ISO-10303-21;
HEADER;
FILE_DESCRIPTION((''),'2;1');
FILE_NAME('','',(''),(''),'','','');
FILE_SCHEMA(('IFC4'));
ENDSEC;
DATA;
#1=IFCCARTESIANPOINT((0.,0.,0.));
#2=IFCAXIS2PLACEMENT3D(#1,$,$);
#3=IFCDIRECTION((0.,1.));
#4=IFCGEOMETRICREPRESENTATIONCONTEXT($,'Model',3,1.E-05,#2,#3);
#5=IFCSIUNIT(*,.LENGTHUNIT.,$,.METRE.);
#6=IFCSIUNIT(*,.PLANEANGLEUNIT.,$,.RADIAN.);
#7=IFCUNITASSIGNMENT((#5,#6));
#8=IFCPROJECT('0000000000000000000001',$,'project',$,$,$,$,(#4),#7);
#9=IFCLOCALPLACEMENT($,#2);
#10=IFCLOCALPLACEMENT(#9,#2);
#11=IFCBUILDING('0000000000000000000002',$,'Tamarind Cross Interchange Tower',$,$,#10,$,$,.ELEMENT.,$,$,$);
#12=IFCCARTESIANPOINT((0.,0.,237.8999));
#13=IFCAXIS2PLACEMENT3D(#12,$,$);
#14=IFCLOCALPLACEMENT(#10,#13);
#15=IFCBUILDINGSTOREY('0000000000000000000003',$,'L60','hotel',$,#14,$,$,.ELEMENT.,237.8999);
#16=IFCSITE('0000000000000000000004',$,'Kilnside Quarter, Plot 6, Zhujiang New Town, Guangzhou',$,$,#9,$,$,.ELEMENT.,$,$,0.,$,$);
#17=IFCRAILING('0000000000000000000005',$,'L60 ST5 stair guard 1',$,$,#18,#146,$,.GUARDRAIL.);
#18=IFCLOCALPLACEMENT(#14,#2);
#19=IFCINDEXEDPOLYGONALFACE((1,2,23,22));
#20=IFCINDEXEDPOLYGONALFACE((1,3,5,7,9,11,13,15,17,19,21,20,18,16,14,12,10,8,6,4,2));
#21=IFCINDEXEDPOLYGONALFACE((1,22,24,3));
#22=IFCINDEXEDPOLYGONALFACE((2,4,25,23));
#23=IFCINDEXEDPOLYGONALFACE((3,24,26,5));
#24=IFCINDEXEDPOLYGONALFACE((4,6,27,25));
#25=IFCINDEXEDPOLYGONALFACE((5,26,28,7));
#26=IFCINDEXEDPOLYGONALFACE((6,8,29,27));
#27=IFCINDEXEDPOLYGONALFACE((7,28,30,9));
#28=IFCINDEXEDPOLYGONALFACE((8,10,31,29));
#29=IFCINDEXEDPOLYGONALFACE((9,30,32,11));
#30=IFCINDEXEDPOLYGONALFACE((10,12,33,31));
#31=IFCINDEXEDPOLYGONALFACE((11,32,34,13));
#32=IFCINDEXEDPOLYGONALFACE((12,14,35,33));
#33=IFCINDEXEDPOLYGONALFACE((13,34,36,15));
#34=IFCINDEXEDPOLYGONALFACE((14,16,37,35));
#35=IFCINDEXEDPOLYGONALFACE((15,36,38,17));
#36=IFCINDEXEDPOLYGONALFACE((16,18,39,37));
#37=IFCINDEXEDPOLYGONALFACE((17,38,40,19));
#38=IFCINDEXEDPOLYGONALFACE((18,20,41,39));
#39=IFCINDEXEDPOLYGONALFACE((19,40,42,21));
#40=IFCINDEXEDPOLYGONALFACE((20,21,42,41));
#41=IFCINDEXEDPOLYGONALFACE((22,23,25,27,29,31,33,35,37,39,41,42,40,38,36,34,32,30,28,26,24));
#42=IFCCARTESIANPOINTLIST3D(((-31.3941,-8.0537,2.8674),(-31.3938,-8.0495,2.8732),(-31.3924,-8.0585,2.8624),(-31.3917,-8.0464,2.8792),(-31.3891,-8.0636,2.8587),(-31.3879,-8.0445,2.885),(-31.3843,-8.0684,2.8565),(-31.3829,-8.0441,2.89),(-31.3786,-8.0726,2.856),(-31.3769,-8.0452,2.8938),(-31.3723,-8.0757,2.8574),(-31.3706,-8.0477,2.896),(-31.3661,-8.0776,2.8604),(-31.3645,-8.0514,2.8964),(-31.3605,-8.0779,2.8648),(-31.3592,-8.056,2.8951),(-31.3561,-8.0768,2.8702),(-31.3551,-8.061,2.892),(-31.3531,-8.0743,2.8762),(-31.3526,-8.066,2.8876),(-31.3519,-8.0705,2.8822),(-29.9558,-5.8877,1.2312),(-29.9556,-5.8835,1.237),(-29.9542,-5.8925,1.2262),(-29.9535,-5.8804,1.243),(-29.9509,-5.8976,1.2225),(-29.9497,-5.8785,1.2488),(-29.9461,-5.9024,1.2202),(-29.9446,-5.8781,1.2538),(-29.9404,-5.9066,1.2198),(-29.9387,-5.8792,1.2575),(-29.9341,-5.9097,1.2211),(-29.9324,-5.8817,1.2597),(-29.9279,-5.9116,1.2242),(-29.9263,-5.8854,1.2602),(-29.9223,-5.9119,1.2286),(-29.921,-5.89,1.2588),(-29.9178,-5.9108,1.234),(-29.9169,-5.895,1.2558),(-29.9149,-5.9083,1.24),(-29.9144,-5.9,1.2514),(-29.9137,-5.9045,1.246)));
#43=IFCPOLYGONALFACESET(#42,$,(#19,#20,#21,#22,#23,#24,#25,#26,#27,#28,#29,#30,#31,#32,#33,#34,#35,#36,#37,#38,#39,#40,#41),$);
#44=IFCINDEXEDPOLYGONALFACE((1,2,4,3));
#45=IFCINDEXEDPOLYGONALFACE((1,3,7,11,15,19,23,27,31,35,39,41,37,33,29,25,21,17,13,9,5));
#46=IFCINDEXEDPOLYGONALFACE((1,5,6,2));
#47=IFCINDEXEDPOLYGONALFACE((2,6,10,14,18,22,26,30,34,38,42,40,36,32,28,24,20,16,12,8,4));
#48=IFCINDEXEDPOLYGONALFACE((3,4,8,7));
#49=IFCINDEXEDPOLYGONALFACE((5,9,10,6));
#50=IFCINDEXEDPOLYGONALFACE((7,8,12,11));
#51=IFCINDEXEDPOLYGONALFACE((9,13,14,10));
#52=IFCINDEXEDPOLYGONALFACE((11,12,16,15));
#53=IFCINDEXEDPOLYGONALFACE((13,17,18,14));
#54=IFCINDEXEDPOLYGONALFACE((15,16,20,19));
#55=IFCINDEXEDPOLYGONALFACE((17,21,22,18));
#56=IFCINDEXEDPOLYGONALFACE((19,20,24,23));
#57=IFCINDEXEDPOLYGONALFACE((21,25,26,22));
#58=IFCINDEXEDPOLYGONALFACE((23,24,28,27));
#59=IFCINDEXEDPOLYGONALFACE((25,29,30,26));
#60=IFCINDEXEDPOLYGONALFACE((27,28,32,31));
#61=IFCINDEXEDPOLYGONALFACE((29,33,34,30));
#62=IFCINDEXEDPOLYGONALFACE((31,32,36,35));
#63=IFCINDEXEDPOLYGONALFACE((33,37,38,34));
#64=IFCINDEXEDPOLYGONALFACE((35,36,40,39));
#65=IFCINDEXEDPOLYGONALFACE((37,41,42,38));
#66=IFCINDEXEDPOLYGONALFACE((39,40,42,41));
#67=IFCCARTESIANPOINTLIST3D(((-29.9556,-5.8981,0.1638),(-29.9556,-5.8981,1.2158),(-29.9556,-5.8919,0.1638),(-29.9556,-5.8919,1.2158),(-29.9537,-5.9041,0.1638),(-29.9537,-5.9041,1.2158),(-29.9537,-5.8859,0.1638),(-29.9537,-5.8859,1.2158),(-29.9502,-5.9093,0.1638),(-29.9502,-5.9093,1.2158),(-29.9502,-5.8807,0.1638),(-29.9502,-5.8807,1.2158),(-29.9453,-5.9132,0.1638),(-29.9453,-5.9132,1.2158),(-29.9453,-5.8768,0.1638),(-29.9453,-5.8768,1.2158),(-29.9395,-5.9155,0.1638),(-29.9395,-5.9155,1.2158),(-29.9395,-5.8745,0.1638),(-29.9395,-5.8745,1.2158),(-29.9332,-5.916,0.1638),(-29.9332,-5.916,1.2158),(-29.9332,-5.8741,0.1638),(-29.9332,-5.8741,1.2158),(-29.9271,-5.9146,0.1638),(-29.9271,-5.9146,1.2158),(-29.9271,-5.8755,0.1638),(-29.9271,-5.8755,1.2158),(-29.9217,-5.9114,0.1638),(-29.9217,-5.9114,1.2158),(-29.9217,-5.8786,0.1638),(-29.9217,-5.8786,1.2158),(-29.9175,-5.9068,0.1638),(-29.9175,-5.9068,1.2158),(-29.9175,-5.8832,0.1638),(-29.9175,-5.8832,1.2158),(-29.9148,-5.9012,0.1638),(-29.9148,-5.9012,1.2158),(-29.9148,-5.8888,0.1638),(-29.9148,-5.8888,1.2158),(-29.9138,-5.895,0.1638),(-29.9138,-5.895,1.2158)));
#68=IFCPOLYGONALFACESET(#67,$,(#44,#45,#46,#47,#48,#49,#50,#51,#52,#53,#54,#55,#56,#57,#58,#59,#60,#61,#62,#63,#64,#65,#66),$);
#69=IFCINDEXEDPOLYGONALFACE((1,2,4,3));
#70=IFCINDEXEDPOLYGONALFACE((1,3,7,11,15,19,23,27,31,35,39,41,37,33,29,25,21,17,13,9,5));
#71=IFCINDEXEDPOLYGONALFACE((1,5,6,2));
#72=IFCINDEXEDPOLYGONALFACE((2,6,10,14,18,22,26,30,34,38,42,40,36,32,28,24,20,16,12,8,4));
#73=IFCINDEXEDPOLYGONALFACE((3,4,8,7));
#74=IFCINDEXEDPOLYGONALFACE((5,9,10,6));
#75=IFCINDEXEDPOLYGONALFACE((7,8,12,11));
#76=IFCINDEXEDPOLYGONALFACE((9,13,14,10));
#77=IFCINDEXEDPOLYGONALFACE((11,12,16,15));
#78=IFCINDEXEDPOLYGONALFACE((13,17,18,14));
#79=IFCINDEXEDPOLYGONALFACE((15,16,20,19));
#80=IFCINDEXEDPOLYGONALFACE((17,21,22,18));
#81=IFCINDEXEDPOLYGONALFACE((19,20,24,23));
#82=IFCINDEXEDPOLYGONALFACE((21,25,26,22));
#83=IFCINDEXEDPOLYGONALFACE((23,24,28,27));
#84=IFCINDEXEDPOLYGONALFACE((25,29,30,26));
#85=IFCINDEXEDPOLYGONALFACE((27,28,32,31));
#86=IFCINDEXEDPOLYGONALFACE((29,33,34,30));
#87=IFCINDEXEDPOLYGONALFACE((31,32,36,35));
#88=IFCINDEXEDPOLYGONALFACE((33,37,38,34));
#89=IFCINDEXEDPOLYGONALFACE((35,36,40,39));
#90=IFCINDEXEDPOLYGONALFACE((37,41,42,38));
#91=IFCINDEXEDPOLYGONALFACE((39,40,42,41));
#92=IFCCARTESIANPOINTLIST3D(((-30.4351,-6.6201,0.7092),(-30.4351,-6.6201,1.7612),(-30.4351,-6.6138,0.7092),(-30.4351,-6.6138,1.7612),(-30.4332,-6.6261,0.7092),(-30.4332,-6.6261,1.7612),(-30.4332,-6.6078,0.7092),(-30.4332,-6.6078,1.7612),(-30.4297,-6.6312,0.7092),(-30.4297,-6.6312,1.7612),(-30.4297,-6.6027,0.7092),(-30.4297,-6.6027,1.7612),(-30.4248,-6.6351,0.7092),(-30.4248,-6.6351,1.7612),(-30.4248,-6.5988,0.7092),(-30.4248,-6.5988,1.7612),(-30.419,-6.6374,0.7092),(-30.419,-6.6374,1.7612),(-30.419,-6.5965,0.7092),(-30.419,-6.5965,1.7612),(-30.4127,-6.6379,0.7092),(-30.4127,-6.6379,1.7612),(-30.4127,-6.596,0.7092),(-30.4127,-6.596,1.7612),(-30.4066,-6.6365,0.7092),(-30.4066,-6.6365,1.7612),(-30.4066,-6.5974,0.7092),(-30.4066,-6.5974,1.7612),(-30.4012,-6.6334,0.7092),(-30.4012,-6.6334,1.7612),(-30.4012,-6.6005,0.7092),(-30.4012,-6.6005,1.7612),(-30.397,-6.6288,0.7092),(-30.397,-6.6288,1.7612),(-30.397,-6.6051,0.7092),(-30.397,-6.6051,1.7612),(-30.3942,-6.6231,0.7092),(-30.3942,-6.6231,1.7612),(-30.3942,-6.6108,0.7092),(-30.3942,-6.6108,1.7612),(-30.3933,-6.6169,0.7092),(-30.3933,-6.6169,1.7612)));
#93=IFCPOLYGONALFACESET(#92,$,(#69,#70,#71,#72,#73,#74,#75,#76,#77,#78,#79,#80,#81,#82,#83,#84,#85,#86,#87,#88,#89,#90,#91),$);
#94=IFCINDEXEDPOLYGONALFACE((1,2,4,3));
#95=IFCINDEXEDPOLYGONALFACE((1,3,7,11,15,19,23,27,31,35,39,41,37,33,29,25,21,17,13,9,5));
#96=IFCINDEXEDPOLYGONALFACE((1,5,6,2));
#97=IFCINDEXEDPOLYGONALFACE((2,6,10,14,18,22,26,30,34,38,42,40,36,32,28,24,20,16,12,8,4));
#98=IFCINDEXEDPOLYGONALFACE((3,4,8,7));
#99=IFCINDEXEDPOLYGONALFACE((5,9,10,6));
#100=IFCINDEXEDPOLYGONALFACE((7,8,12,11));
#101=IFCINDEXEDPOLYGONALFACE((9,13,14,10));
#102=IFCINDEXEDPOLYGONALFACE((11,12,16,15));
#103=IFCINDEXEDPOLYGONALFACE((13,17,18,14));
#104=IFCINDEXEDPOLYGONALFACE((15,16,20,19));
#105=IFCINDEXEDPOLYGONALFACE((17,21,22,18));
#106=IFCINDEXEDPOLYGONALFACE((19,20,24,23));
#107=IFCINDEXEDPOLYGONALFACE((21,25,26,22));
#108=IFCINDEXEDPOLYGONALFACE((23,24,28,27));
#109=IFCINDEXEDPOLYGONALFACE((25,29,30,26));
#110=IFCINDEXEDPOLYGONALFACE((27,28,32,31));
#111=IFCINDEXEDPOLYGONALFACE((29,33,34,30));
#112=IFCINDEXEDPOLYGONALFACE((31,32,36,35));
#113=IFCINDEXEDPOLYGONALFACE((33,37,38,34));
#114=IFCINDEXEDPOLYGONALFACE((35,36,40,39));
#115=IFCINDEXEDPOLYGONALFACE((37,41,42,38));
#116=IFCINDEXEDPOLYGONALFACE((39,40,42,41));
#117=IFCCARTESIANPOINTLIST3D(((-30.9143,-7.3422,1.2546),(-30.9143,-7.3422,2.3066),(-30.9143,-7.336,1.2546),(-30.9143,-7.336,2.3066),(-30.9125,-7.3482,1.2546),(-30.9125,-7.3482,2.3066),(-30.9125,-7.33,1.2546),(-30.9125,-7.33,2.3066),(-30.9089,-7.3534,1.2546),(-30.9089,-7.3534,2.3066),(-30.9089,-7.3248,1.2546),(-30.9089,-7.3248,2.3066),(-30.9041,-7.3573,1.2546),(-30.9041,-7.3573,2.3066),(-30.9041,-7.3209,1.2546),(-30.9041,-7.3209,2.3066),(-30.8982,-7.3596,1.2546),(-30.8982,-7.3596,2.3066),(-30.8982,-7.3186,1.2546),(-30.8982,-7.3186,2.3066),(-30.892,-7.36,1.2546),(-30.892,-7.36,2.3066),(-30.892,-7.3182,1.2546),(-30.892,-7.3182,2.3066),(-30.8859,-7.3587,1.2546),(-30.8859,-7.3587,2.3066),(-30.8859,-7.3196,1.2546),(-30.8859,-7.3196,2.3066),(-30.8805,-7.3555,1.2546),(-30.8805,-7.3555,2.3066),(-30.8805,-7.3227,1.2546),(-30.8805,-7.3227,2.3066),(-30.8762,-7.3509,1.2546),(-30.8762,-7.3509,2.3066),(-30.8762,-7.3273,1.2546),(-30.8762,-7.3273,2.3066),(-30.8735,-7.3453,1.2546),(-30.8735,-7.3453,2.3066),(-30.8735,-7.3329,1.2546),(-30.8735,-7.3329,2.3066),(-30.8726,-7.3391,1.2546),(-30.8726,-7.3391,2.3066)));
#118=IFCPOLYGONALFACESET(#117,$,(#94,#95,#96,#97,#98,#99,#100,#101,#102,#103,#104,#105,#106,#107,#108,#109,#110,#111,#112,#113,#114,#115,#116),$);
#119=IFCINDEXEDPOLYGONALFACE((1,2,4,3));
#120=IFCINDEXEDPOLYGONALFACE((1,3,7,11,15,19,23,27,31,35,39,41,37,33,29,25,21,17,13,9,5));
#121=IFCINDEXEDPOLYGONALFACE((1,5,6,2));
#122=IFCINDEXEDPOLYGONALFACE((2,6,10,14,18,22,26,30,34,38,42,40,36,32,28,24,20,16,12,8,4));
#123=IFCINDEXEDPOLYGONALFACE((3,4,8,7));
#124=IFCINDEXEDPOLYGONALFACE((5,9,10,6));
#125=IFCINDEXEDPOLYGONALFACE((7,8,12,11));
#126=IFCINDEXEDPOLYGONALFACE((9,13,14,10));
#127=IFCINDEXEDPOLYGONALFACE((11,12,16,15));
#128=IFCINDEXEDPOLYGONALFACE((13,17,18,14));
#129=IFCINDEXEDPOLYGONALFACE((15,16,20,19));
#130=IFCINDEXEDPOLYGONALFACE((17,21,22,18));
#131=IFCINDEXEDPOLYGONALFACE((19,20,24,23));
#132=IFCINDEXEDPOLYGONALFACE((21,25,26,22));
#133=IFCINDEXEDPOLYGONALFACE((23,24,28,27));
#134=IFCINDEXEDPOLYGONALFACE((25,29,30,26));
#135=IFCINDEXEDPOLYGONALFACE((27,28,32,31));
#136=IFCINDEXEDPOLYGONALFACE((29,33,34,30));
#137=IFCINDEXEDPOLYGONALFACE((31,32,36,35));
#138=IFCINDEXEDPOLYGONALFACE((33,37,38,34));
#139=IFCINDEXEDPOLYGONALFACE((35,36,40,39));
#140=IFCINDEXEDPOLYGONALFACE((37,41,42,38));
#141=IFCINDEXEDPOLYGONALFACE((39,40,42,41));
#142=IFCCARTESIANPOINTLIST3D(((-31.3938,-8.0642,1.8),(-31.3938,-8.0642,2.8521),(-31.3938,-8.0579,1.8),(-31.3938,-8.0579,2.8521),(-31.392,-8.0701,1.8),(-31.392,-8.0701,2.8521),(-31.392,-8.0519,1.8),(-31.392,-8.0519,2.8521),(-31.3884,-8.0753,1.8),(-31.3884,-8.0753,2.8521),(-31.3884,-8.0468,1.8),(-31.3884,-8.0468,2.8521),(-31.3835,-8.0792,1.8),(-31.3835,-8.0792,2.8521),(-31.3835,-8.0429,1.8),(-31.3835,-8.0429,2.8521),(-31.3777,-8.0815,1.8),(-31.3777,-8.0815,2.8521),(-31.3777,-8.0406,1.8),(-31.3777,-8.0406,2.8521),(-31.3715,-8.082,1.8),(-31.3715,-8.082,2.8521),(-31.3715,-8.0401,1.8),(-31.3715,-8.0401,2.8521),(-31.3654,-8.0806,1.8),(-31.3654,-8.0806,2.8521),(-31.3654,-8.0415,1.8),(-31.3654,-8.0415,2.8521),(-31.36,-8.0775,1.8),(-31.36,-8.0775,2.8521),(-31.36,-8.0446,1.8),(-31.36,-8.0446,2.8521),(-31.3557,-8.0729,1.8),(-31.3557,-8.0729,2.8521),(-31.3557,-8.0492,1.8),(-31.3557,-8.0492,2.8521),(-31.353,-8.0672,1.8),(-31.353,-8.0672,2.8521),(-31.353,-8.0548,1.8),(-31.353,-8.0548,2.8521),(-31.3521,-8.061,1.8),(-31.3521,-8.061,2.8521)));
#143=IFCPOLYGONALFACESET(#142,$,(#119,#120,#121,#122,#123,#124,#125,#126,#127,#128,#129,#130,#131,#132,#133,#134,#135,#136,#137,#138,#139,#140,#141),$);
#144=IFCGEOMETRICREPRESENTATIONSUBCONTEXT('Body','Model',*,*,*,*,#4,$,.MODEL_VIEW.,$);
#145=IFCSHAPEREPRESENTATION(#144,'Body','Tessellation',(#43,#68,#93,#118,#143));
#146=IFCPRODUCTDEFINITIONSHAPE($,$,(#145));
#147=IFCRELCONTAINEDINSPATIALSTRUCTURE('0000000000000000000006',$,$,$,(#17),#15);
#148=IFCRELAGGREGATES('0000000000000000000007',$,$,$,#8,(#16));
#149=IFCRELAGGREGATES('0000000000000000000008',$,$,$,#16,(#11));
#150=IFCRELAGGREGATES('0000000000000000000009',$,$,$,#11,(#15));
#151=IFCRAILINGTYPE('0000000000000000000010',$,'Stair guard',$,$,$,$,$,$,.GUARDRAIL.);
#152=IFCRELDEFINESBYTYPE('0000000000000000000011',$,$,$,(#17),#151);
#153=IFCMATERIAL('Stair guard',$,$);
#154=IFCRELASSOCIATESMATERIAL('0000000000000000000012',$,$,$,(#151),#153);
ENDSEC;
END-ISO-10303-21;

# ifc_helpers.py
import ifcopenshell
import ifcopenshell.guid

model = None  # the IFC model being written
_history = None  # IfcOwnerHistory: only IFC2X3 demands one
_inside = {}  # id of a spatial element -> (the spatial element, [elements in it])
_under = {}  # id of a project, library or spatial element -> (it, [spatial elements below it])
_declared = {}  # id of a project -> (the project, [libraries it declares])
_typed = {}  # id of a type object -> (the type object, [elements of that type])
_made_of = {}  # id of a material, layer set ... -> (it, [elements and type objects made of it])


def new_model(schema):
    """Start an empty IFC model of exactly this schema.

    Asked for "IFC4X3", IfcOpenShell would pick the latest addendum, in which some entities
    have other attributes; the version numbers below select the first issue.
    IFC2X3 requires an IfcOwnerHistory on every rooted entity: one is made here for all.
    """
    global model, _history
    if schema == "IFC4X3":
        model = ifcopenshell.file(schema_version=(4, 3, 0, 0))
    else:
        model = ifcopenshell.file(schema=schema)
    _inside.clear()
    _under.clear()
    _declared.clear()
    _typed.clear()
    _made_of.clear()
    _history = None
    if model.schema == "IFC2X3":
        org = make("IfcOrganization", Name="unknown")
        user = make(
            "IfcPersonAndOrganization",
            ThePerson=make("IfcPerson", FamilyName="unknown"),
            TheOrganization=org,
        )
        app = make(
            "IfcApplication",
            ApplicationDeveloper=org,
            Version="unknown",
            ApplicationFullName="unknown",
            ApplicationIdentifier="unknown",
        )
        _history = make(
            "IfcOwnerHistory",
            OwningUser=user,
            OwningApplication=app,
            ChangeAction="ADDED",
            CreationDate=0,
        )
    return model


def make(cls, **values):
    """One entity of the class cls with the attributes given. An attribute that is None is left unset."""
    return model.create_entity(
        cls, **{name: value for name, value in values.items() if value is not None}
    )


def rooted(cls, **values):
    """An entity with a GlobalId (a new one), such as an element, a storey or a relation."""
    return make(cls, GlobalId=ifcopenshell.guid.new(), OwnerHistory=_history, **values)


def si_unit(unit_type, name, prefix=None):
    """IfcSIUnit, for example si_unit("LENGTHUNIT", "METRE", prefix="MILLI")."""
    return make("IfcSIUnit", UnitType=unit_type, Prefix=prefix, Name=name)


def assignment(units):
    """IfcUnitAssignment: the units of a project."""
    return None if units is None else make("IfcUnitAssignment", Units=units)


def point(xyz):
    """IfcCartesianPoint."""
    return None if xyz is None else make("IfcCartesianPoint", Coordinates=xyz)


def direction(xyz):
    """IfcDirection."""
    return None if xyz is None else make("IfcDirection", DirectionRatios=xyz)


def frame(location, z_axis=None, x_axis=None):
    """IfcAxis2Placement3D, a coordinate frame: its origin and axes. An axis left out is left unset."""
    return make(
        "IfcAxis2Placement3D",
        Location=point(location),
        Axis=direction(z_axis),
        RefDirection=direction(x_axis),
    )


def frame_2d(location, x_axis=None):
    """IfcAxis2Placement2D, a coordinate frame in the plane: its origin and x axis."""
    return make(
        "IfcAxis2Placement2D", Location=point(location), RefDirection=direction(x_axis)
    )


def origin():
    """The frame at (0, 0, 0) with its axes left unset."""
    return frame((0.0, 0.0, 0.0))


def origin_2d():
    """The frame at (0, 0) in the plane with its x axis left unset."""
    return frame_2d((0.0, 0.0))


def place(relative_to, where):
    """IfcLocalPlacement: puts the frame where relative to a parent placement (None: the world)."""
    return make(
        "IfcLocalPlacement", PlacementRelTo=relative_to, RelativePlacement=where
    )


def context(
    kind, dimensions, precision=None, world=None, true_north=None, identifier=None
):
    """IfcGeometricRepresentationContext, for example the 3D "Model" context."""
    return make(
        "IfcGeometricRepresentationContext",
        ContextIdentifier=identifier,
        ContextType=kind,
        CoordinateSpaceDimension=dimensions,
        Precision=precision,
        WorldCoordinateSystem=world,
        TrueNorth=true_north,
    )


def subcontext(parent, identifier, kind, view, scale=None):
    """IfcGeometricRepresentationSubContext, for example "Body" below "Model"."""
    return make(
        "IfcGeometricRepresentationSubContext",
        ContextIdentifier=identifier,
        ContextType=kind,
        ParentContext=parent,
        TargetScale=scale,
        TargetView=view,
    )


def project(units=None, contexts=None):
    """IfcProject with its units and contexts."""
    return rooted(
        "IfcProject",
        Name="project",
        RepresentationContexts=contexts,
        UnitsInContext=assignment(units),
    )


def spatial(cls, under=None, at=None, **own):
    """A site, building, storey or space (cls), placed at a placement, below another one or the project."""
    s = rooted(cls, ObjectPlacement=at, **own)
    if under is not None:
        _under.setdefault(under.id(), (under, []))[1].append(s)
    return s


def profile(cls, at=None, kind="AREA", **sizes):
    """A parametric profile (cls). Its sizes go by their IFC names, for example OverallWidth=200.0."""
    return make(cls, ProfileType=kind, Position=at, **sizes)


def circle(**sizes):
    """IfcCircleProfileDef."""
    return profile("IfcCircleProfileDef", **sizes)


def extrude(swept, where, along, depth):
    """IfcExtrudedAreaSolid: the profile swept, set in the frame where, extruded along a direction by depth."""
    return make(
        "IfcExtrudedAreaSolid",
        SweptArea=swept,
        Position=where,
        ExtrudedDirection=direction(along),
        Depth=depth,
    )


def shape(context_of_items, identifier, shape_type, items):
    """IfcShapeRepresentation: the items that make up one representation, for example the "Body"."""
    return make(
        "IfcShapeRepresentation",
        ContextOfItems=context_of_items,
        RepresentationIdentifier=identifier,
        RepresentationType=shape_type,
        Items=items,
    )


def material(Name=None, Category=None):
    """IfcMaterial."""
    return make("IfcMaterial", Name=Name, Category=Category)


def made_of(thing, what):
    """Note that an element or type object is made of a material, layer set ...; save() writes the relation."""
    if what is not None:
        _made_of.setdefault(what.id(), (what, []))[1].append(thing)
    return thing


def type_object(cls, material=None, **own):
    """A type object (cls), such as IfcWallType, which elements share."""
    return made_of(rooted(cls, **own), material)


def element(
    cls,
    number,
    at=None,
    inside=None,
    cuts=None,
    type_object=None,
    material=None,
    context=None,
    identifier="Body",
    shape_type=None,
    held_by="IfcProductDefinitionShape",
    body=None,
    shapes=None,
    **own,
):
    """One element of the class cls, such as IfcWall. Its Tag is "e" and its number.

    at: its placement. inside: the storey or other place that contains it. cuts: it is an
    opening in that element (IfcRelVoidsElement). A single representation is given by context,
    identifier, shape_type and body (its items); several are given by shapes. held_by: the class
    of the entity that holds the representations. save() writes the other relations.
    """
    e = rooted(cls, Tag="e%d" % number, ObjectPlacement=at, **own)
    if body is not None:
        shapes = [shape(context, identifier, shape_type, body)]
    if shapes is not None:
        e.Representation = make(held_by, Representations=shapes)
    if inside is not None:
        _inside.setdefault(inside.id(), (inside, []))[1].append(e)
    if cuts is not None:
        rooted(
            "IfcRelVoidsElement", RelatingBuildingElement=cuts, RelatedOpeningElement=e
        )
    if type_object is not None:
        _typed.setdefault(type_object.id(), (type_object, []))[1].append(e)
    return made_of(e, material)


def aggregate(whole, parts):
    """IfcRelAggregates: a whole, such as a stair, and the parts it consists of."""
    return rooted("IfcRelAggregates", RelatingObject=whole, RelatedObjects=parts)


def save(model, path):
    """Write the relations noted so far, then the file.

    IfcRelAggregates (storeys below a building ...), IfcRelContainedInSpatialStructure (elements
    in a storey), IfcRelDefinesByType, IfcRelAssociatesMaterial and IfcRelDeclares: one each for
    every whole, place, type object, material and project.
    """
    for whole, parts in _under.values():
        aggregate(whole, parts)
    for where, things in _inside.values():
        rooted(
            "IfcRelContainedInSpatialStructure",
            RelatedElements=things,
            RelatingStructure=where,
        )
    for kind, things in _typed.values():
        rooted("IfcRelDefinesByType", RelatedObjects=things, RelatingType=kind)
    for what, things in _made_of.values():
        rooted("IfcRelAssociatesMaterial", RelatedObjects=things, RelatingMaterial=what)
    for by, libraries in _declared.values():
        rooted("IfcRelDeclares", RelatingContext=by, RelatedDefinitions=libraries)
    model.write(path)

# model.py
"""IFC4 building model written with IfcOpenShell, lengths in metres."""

from ifc_helpers import new_model, si_unit, direction, frame, origin, origin_2d, place, context, subcontext, project, spatial, circle, extrude, material, type_object, element, save


model = new_model("IFC4")

# Units and contexts
model_context = context("Model", 3, precision=1e-05, world=origin(), true_north=direction((0.0, 1.0)))
body_context = subcontext(model_context, "Body", "Model", "MODEL_VIEW")
ifc_project = project(units=[si_unit("LENGTHUNIT", "METRE"), si_unit("PLANEANGLEUNIT", "RADIAN")], contexts=[model_context])

# Site, building, storey
site_placement = place(None, origin())
site = spatial("IfcSite", under=ifc_project, at=site_placement, Name="Kilnside Quarter, Plot 6, Zhujiang New Town, Guangzhou", CompositionType="ELEMENT", RefElevation=0.0)
building_placement = place(site_placement, origin())
building = spatial("IfcBuilding", under=site, at=building_placement, Name="Tamarind Cross Interchange Tower", CompositionType="ELEMENT")
storey_placement = place(building_placement, frame((0.0, 0.0, 237.8999)))
storey = spatial("IfcBuildingStorey", under=building, at=storey_placement, Name="L60", Description="hotel", CompositionType="ELEMENT", Elevation=237.8999)

# Railing
ifc_material_1 = material(Name="Stair guard")
railing_type_1 = type_object("IfcRailingType", Name="Stair guard", PredefinedType="GUARDRAIL", material=ifc_material_1)
railing_1_placement = place(storey_placement, frame((-29.9348, -5.895, 0.1638)))
element("IfcRailing", 1, at=railing_1_placement, inside=storey, type_object=railing_type_1, Name="L60 ST5 stair guard 1", PredefinedType="GUARDRAIL", context=body_context, shape_type="SweptSolid", body=[
    extrude(circle(Radius=0.0239, at=origin_2d()), frame((0.0, 0.0, 1.0762), z_axis=(-0.46817, -0.705076, 0.532621), x_axis=(0.833075, -0.553161, 0.0)), (0.0, 0.0, 1.0), 3.072),
    extrude(circle(Radius=0.021, at=origin_2d()), origin(), (0.0, 0.0, 1.0), 1.052),
    extrude(circle(Radius=0.021, at=origin_2d()), frame((-0.4795, -0.7219, 0.5454)), (0.0, 0.0, 1.0), 1.052),
    extrude(circle(Radius=0.021, at=origin_2d()), frame((-0.9587, -1.4441, 1.0908)), (0.0, 0.0, 1.0), 1.052),
    extrude(circle(Radius=0.021, at=origin_2d()), frame((-1.4382, -2.166, 1.6362)), (0.0, 0.0, 1.0), 1.052),
])

save(model, "model.ifc")
